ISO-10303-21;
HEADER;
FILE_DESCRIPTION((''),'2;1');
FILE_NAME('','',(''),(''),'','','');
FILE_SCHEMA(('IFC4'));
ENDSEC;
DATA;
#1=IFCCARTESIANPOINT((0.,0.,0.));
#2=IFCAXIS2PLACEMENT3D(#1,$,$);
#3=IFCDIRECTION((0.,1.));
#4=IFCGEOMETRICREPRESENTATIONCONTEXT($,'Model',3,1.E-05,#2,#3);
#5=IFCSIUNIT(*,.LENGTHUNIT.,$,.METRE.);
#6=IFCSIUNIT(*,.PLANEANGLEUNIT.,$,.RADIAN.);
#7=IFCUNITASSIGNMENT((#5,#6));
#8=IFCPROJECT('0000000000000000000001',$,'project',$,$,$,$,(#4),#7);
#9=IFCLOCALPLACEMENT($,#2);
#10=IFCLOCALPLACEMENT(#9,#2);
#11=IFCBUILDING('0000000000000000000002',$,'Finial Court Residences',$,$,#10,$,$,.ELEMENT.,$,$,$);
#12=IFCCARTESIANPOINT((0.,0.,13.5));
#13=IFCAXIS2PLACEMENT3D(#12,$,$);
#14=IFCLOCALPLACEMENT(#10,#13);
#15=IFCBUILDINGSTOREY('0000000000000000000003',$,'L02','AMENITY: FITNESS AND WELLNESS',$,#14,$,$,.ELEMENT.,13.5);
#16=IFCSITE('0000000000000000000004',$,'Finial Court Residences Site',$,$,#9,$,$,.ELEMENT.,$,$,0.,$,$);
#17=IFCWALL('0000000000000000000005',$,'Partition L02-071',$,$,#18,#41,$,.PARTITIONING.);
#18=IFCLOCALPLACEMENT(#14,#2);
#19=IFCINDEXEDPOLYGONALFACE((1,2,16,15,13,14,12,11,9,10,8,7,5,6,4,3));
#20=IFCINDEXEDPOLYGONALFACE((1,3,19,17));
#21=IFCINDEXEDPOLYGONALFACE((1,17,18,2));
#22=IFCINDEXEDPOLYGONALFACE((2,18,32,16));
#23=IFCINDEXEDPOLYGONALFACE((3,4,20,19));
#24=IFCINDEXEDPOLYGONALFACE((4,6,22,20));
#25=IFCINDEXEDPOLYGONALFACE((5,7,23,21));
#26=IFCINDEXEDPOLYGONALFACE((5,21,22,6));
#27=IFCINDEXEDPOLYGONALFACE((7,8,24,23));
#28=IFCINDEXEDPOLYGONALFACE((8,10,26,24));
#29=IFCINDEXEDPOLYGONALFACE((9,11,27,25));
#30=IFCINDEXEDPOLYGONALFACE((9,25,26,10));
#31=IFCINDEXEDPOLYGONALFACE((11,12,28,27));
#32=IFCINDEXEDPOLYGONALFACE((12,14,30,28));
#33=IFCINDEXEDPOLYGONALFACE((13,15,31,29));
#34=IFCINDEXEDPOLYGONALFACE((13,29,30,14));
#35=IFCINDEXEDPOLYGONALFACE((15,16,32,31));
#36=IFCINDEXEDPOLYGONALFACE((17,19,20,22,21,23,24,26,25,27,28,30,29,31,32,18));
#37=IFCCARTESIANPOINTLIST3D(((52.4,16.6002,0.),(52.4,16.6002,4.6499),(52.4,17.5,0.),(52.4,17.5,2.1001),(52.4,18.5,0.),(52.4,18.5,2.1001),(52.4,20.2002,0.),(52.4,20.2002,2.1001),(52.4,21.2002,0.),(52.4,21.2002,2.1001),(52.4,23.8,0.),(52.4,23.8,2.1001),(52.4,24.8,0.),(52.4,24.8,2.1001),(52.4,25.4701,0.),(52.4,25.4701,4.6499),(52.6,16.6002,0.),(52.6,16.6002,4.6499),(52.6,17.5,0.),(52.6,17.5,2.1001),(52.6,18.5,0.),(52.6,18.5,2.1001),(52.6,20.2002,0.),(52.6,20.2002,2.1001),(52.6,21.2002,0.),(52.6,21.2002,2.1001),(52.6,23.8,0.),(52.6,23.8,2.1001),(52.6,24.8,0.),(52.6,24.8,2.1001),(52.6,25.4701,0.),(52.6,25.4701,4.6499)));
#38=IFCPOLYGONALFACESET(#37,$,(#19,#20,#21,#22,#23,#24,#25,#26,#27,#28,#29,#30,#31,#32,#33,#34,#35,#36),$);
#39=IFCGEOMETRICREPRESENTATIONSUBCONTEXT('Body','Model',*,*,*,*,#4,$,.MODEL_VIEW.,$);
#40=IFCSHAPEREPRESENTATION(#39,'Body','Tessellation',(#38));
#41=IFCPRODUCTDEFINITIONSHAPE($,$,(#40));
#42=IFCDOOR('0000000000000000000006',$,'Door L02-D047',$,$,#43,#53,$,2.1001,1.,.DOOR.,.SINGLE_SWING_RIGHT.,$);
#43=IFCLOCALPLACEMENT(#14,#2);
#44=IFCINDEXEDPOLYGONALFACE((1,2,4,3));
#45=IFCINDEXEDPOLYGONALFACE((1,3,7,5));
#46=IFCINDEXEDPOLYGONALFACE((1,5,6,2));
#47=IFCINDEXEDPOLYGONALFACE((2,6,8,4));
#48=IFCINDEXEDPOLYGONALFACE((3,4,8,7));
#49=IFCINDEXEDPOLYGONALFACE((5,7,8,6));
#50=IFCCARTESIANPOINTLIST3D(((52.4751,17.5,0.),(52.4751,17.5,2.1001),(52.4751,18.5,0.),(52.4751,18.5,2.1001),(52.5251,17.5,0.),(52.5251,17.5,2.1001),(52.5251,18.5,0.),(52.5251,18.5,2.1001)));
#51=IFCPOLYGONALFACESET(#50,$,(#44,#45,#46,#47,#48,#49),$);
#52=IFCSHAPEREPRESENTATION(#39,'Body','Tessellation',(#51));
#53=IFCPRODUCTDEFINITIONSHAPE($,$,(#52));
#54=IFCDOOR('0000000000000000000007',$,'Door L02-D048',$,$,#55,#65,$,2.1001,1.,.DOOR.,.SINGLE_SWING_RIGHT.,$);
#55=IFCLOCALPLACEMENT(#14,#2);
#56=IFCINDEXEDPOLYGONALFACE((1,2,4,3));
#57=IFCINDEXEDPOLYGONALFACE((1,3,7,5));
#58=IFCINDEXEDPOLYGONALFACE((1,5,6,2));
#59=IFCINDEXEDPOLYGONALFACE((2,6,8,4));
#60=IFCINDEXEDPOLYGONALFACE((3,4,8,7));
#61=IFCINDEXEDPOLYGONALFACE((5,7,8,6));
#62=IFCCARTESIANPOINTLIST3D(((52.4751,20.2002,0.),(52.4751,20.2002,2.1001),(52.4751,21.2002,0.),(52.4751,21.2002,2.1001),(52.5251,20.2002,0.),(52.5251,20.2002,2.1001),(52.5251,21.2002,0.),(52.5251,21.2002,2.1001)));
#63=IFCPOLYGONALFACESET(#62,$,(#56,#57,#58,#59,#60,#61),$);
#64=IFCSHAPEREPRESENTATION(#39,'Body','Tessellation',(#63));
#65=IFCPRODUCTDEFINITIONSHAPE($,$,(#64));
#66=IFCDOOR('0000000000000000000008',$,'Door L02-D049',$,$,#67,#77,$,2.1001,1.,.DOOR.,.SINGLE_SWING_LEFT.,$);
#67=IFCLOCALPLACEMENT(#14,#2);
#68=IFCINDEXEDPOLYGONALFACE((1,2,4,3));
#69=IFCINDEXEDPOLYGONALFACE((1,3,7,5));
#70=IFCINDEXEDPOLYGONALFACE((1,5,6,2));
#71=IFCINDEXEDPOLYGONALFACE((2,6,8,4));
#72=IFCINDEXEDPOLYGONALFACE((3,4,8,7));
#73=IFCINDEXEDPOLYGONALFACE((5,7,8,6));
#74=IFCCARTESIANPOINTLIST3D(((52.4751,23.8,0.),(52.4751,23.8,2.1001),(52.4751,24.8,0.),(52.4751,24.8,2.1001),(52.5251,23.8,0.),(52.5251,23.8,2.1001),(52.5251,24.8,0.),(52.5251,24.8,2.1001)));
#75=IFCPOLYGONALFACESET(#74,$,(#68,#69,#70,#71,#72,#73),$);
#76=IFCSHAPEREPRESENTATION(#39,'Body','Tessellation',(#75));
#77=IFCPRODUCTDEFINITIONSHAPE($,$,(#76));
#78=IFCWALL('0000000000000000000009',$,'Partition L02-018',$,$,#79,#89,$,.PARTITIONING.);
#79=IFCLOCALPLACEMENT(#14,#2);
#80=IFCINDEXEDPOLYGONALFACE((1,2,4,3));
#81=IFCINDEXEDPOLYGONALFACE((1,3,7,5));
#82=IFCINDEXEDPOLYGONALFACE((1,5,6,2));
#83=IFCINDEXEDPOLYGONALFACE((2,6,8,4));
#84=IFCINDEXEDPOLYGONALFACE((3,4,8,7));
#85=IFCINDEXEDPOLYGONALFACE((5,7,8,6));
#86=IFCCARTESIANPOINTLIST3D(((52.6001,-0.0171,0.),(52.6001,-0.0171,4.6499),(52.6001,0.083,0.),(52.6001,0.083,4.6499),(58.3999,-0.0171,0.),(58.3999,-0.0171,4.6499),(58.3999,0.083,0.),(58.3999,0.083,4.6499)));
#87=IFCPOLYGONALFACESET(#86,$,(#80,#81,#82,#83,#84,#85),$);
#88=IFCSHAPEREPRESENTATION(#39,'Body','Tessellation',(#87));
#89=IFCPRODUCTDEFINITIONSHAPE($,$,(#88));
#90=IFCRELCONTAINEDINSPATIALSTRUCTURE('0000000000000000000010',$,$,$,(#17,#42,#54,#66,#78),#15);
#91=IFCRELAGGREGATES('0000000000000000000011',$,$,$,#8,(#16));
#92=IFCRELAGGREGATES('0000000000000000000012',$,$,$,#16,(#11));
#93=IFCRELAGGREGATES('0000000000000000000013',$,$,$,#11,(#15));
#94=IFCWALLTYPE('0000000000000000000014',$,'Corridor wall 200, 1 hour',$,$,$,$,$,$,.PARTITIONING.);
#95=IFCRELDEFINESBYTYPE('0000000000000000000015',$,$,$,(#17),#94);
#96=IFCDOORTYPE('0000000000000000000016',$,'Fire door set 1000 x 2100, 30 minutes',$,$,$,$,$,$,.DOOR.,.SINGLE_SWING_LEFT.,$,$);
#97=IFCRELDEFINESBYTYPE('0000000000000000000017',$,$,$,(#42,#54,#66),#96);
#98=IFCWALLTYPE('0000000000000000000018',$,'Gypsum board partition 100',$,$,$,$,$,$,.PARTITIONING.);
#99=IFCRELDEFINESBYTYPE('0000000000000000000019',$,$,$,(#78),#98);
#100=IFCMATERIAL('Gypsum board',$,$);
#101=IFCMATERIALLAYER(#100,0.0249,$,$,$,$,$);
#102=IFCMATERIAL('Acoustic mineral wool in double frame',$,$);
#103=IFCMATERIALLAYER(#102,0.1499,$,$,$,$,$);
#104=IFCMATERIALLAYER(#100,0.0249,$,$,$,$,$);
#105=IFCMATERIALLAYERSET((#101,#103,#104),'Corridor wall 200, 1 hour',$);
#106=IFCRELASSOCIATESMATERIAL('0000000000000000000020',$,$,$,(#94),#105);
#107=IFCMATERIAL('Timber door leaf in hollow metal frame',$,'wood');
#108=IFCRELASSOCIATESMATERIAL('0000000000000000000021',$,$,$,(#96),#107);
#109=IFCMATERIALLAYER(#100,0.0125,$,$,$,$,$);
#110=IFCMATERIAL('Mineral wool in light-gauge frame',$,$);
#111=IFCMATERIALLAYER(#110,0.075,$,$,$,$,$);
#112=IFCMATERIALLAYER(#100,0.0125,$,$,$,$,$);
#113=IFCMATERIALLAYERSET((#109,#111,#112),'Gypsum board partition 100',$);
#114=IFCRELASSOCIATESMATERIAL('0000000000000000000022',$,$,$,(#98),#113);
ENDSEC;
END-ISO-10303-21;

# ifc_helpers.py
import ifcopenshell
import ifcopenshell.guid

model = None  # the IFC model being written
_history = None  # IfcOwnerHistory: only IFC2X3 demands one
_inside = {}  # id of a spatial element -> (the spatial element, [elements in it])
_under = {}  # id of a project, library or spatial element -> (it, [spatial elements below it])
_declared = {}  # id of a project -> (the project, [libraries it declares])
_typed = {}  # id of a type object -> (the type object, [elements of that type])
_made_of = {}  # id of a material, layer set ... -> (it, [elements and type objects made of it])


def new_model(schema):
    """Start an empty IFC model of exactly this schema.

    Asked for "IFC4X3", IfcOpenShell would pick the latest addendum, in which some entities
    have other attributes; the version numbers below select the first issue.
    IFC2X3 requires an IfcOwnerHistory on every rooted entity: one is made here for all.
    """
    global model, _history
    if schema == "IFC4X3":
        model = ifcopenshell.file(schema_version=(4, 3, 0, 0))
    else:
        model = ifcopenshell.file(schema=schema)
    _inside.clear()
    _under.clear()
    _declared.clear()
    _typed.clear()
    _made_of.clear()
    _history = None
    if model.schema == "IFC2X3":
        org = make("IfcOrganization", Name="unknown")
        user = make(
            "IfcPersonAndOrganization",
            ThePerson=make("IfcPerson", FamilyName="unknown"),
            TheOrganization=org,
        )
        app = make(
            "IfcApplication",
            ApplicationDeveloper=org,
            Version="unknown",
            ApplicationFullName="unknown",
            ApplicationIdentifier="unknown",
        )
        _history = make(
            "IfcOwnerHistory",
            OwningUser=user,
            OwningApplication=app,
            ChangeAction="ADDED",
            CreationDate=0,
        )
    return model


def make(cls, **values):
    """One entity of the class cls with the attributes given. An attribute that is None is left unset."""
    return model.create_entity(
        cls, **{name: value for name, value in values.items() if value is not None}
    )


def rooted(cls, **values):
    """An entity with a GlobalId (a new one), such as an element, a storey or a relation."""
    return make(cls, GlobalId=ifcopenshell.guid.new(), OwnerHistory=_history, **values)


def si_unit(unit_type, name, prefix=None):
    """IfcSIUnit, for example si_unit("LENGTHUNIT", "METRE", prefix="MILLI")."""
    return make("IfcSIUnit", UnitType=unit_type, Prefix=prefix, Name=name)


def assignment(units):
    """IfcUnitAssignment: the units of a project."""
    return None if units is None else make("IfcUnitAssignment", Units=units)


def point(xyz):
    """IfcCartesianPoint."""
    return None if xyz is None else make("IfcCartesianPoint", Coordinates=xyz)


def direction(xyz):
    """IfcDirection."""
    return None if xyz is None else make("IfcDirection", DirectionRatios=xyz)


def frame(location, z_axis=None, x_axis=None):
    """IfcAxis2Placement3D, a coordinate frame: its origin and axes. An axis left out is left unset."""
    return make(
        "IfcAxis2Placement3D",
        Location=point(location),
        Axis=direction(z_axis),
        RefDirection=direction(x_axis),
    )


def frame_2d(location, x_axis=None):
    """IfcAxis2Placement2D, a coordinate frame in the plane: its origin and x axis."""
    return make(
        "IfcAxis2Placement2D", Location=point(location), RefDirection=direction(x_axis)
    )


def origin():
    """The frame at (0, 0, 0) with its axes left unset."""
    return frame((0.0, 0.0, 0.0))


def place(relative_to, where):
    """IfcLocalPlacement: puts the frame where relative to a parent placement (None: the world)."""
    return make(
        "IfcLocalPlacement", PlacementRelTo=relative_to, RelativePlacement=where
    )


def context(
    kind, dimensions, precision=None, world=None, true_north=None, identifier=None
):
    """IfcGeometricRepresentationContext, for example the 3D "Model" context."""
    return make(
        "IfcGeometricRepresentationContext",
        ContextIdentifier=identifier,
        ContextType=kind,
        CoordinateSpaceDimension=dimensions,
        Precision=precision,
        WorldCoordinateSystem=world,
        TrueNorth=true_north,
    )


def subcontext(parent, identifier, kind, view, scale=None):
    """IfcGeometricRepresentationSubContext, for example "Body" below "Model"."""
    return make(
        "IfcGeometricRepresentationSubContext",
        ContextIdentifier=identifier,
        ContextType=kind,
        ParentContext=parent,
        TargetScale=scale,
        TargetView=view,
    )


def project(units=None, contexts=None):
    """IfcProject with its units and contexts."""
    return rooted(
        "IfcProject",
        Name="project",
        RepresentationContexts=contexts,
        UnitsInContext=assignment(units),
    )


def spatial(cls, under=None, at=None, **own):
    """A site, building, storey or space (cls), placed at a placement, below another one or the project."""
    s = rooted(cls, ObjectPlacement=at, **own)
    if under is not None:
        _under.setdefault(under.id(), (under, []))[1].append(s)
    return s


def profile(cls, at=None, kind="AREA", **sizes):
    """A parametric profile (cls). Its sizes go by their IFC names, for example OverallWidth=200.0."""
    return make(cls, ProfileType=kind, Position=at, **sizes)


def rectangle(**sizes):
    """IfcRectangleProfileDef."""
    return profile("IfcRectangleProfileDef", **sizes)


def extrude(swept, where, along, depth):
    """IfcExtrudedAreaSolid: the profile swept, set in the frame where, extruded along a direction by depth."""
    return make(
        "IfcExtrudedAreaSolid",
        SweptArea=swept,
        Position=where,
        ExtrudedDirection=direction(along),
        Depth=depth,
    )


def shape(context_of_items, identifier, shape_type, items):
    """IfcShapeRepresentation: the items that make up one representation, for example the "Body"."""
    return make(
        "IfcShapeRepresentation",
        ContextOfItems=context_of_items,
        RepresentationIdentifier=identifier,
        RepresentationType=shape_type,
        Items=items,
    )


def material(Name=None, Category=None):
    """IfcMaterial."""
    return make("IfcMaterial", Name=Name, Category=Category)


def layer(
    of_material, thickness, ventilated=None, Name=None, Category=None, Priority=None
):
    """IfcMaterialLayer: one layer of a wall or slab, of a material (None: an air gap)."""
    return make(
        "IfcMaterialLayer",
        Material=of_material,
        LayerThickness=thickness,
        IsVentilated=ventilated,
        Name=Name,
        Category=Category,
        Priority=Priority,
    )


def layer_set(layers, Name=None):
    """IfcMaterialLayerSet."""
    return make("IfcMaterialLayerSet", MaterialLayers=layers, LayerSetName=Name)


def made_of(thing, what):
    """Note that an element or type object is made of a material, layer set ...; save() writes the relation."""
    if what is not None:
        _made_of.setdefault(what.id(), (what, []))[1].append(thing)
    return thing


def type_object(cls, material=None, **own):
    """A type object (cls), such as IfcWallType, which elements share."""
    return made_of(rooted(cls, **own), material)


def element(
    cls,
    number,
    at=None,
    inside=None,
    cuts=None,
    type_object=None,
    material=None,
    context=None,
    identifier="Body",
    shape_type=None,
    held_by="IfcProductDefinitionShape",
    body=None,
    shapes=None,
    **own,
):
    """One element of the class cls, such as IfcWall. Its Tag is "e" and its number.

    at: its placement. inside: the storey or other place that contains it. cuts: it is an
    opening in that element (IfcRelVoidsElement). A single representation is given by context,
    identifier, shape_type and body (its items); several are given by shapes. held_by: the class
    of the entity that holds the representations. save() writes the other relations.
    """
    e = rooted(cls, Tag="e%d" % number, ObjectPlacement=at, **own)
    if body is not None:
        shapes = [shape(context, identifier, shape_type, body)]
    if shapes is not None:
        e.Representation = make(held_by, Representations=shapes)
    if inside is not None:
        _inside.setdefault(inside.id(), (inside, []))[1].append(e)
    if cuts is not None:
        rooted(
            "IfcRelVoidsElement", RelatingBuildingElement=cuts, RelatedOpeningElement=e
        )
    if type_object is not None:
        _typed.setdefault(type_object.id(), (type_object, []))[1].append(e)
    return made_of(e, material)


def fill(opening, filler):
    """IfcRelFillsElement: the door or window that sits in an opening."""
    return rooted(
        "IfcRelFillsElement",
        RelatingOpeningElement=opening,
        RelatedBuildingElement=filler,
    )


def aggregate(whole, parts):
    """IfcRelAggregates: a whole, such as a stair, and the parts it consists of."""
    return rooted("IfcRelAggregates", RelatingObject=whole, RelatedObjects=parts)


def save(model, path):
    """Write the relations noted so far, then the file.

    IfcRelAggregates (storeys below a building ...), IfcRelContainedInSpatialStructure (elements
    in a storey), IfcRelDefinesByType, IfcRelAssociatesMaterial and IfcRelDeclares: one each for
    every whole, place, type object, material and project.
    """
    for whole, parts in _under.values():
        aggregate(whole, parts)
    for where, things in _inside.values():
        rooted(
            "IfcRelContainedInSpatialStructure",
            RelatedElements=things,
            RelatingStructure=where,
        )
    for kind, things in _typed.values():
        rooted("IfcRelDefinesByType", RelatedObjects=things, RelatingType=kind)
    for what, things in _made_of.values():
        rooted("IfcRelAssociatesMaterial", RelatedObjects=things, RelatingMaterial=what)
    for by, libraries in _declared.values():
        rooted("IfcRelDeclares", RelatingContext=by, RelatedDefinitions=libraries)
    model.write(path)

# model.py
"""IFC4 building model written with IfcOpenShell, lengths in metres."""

from ifc_helpers import new_model, si_unit, direction, frame, frame_2d, origin, place, context, subcontext, project, spatial, rectangle, extrude, material, layer, layer_set, type_object, element, fill, save


model = new_model("IFC4")

# Units and contexts
model_context = context("Model", 3, precision=1e-05, world=origin(), true_north=direction((0.0, 1.0)))
body_context = subcontext(model_context, "Body", "Model", "MODEL_VIEW")
ifc_project = project(units=[si_unit("LENGTHUNIT", "METRE"), si_unit("PLANEANGLEUNIT", "RADIAN")], contexts=[model_context])

# Site, building, storey
site_placement = place(None, origin())
site = spatial("IfcSite", under=ifc_project, at=site_placement, Name="Finial Court Residences Site", CompositionType="ELEMENT", RefElevation=0.0)
building_placement = place(site_placement, origin())
building = spatial("IfcBuilding", under=site, at=building_placement, Name="Finial Court Residences", CompositionType="ELEMENT")
storey_placement = place(building_placement, frame((0.0, 0.0, 13.5)))
storey = spatial("IfcBuildingStorey", under=building, at=storey_placement, Name="L02", Description="AMENITY: FITNESS AND WELLNESS", CompositionType="ELEMENT", Elevation=13.5)

# Shared definitions
ifc_material_1 = material(Name="Gypsum board")
ifc_layer_1 = layer(ifc_material_1, 0.0249)
ifc_material_2 = material(Name="Acoustic mineral wool in double frame")
ifc_layer_2 = layer(ifc_material_2, 0.1499)
ifc_layer_3 = layer(ifc_material_1, 0.0249)
ifc_layer_set_1 = layer_set([ifc_layer_1, ifc_layer_2, ifc_layer_3], Name="Corridor wall 200, 1 hour")
wall_type_1 = type_object("IfcWallType", Name="Corridor wall 200, 1 hour", PredefinedType="PARTITIONING", material=ifc_layer_set_1)

# Wall, openings, doors
wall_1_placement = place(storey_placement, frame((52.5, 16.6001, 0.0), z_axis=(0.0, 0.0, 1.0), x_axis=(0.0, 1.0, 0.0)))
wall_1 = element("IfcWall", 1, at=wall_1_placement, inside=storey, type_object=wall_type_1, Name="Partition L02-071", PredefinedType="PARTITIONING", context=body_context, shape_type="SweptSolid", body=[
    extrude(rectangle(XDim=8.8699, YDim=0.2, at=frame_2d((4.4351, 0.0))), origin(), (0.0, 0.0, 1.0), 4.6499),
])
opening_1_placement = place(wall_1_placement, frame((0.8999, 0.0, 0.0)))
opening_1 = element("IfcOpeningElement", 2, at=opening_1_placement, cuts=wall_1, PredefinedType="OPENING", context=body_context, shape_type="SweptSolid", body=[
    extrude(rectangle(XDim=1.0, YDim=2.1001, at=frame_2d((0.5, 1.05))), frame((0.0, 0.1099, 0.0), z_axis=(0.0, -1.0, 0.0), x_axis=(1.0, 0.0, 0.0)), (0.0, 0.0, 1.0), 0.22),
])
opening_2_placement = place(wall_1_placement, frame((3.6001, 0.0, 0.0)))
opening_2 = element("IfcOpeningElement", 3, at=opening_2_placement, cuts=wall_1, PredefinedType="OPENING", context=body_context, shape_type="SweptSolid", body=[
    extrude(rectangle(XDim=1.0, YDim=2.1001, at=frame_2d((0.5, 1.05))), frame((0.0, 0.1099, 0.0), z_axis=(0.0, -1.0, 0.0), x_axis=(1.0, 0.0, 0.0)), (0.0, 0.0, 1.0), 0.22),
])
opening_3_placement = place(wall_1_placement, frame((7.2, 0.0, 0.0)))
opening_3 = element("IfcOpeningElement", 4, at=opening_3_placement, cuts=wall_1, PredefinedType="OPENING", context=body_context, shape_type="SweptSolid", body=[
    extrude(rectangle(XDim=1.0, YDim=2.1001, at=frame_2d((0.5, 1.05))), frame((0.0, 0.1099, 0.0), z_axis=(0.0, -1.0, 0.0), x_axis=(1.0, 0.0, 0.0)), (0.0, 0.0, 1.0), 0.22),
])
ifc_material_3 = material(Name="Timber door leaf in hollow metal frame", Category="wood")
door_type = type_object("IfcDoorType", Name="Fire door set 1000 x 2100, 30 minutes", OperationType="SINGLE_SWING_LEFT", PredefinedType="DOOR", material=ifc_material_3)
door_1_placement = place(opening_1_placement, origin())
door_1 = element("IfcDoor", 5, at=door_1_placement, inside=storey, type_object=door_type, Name="Door L02-D047", OperationType="SINGLE_SWING_RIGHT", OverallHeight=2.1001, OverallWidth=1.0, PredefinedType="DOOR", context=body_context, shape_type="SweptSolid", body=[
    extrude(rectangle(XDim=1.0, YDim=2.1001, at=frame_2d((0.5, 1.05))), frame((0.0, 0.0249, 0.0), z_axis=(0.0, -1.0, 0.0), x_axis=(1.0, 0.0, 0.0)), (0.0, 0.0, 1.0), 0.05),
])
fill(opening_1, door_1)
door_2_placement = place(opening_2_placement, origin())
door_2 = element("IfcDoor", 6, at=door_2_placement, inside=storey, type_object=door_type, Name="Door L02-D048", OperationType="SINGLE_SWING_RIGHT", OverallHeight=2.1001, OverallWidth=1.0, PredefinedType="DOOR", context=body_context, shape_type="SweptSolid", body=[
    extrude(rectangle(XDim=1.0, YDim=2.1001, at=frame_2d((0.5, 1.05))), frame((0.0, 0.0249, 0.0), z_axis=(0.0, -1.0, 0.0), x_axis=(1.0, 0.0, 0.0)), (0.0, 0.0, 1.0), 0.05),
])
fill(opening_2, door_2)
door_3_placement = place(opening_3_placement, origin())
door_3 = element("IfcDoor", 7, at=door_3_placement, inside=storey, type_object=door_type, Name="Door L02-D049", OperationType="SINGLE_SWING_LEFT", OverallHeight=2.1001, OverallWidth=1.0, PredefinedType="DOOR", context=body_context, shape_type="SweptSolid", body=[
    extrude(rectangle(XDim=1.0, YDim=2.1001, at=frame_2d((0.5, 1.05))), frame((0.0, 0.0249, 0.0), z_axis=(0.0, -1.0, 0.0), x_axis=(1.0, 0.0, 0.0)), (0.0, 0.0, 1.0), 0.05),
])
fill(opening_3, door_3)

# Wall
ifc_layer_4 = layer(ifc_material_1, 0.0125)
ifc_material_4 = material(Name="Mineral wool in light-gauge frame")
ifc_layer_5 = layer(ifc_material_4, 0.075)
ifc_layer_6 = layer(ifc_material_1, 0.0125)
ifc_layer_set_2 = layer_set([ifc_layer_4, ifc_layer_5, ifc_layer_6], Name="Gypsum board partition 100")
wall_type_2 = type_object("IfcWallType", Name="Gypsum board partition 100", PredefinedType="PARTITIONING", material=ifc_layer_set_2)
wall_2_placement = place(storey_placement, frame((52.6001, 0.033, 0.0), z_axis=(0.0, 0.0, 1.0), x_axis=(1.0, 0.0, 0.0)))
element("IfcWall", 8, at=wall_2_placement, inside=storey, type_object=wall_type_2, Name="Partition L02-018", PredefinedType="PARTITIONING", context=body_context, shape_type="SweptSolid", body=[
    extrude(rectangle(XDim=5.7998, YDim=0.1001, at=frame_2d((2.8999, 0.0))), origin(), (0.0, 0.0, 1.0), 4.6499),
])

save(model, "model.ifc")
